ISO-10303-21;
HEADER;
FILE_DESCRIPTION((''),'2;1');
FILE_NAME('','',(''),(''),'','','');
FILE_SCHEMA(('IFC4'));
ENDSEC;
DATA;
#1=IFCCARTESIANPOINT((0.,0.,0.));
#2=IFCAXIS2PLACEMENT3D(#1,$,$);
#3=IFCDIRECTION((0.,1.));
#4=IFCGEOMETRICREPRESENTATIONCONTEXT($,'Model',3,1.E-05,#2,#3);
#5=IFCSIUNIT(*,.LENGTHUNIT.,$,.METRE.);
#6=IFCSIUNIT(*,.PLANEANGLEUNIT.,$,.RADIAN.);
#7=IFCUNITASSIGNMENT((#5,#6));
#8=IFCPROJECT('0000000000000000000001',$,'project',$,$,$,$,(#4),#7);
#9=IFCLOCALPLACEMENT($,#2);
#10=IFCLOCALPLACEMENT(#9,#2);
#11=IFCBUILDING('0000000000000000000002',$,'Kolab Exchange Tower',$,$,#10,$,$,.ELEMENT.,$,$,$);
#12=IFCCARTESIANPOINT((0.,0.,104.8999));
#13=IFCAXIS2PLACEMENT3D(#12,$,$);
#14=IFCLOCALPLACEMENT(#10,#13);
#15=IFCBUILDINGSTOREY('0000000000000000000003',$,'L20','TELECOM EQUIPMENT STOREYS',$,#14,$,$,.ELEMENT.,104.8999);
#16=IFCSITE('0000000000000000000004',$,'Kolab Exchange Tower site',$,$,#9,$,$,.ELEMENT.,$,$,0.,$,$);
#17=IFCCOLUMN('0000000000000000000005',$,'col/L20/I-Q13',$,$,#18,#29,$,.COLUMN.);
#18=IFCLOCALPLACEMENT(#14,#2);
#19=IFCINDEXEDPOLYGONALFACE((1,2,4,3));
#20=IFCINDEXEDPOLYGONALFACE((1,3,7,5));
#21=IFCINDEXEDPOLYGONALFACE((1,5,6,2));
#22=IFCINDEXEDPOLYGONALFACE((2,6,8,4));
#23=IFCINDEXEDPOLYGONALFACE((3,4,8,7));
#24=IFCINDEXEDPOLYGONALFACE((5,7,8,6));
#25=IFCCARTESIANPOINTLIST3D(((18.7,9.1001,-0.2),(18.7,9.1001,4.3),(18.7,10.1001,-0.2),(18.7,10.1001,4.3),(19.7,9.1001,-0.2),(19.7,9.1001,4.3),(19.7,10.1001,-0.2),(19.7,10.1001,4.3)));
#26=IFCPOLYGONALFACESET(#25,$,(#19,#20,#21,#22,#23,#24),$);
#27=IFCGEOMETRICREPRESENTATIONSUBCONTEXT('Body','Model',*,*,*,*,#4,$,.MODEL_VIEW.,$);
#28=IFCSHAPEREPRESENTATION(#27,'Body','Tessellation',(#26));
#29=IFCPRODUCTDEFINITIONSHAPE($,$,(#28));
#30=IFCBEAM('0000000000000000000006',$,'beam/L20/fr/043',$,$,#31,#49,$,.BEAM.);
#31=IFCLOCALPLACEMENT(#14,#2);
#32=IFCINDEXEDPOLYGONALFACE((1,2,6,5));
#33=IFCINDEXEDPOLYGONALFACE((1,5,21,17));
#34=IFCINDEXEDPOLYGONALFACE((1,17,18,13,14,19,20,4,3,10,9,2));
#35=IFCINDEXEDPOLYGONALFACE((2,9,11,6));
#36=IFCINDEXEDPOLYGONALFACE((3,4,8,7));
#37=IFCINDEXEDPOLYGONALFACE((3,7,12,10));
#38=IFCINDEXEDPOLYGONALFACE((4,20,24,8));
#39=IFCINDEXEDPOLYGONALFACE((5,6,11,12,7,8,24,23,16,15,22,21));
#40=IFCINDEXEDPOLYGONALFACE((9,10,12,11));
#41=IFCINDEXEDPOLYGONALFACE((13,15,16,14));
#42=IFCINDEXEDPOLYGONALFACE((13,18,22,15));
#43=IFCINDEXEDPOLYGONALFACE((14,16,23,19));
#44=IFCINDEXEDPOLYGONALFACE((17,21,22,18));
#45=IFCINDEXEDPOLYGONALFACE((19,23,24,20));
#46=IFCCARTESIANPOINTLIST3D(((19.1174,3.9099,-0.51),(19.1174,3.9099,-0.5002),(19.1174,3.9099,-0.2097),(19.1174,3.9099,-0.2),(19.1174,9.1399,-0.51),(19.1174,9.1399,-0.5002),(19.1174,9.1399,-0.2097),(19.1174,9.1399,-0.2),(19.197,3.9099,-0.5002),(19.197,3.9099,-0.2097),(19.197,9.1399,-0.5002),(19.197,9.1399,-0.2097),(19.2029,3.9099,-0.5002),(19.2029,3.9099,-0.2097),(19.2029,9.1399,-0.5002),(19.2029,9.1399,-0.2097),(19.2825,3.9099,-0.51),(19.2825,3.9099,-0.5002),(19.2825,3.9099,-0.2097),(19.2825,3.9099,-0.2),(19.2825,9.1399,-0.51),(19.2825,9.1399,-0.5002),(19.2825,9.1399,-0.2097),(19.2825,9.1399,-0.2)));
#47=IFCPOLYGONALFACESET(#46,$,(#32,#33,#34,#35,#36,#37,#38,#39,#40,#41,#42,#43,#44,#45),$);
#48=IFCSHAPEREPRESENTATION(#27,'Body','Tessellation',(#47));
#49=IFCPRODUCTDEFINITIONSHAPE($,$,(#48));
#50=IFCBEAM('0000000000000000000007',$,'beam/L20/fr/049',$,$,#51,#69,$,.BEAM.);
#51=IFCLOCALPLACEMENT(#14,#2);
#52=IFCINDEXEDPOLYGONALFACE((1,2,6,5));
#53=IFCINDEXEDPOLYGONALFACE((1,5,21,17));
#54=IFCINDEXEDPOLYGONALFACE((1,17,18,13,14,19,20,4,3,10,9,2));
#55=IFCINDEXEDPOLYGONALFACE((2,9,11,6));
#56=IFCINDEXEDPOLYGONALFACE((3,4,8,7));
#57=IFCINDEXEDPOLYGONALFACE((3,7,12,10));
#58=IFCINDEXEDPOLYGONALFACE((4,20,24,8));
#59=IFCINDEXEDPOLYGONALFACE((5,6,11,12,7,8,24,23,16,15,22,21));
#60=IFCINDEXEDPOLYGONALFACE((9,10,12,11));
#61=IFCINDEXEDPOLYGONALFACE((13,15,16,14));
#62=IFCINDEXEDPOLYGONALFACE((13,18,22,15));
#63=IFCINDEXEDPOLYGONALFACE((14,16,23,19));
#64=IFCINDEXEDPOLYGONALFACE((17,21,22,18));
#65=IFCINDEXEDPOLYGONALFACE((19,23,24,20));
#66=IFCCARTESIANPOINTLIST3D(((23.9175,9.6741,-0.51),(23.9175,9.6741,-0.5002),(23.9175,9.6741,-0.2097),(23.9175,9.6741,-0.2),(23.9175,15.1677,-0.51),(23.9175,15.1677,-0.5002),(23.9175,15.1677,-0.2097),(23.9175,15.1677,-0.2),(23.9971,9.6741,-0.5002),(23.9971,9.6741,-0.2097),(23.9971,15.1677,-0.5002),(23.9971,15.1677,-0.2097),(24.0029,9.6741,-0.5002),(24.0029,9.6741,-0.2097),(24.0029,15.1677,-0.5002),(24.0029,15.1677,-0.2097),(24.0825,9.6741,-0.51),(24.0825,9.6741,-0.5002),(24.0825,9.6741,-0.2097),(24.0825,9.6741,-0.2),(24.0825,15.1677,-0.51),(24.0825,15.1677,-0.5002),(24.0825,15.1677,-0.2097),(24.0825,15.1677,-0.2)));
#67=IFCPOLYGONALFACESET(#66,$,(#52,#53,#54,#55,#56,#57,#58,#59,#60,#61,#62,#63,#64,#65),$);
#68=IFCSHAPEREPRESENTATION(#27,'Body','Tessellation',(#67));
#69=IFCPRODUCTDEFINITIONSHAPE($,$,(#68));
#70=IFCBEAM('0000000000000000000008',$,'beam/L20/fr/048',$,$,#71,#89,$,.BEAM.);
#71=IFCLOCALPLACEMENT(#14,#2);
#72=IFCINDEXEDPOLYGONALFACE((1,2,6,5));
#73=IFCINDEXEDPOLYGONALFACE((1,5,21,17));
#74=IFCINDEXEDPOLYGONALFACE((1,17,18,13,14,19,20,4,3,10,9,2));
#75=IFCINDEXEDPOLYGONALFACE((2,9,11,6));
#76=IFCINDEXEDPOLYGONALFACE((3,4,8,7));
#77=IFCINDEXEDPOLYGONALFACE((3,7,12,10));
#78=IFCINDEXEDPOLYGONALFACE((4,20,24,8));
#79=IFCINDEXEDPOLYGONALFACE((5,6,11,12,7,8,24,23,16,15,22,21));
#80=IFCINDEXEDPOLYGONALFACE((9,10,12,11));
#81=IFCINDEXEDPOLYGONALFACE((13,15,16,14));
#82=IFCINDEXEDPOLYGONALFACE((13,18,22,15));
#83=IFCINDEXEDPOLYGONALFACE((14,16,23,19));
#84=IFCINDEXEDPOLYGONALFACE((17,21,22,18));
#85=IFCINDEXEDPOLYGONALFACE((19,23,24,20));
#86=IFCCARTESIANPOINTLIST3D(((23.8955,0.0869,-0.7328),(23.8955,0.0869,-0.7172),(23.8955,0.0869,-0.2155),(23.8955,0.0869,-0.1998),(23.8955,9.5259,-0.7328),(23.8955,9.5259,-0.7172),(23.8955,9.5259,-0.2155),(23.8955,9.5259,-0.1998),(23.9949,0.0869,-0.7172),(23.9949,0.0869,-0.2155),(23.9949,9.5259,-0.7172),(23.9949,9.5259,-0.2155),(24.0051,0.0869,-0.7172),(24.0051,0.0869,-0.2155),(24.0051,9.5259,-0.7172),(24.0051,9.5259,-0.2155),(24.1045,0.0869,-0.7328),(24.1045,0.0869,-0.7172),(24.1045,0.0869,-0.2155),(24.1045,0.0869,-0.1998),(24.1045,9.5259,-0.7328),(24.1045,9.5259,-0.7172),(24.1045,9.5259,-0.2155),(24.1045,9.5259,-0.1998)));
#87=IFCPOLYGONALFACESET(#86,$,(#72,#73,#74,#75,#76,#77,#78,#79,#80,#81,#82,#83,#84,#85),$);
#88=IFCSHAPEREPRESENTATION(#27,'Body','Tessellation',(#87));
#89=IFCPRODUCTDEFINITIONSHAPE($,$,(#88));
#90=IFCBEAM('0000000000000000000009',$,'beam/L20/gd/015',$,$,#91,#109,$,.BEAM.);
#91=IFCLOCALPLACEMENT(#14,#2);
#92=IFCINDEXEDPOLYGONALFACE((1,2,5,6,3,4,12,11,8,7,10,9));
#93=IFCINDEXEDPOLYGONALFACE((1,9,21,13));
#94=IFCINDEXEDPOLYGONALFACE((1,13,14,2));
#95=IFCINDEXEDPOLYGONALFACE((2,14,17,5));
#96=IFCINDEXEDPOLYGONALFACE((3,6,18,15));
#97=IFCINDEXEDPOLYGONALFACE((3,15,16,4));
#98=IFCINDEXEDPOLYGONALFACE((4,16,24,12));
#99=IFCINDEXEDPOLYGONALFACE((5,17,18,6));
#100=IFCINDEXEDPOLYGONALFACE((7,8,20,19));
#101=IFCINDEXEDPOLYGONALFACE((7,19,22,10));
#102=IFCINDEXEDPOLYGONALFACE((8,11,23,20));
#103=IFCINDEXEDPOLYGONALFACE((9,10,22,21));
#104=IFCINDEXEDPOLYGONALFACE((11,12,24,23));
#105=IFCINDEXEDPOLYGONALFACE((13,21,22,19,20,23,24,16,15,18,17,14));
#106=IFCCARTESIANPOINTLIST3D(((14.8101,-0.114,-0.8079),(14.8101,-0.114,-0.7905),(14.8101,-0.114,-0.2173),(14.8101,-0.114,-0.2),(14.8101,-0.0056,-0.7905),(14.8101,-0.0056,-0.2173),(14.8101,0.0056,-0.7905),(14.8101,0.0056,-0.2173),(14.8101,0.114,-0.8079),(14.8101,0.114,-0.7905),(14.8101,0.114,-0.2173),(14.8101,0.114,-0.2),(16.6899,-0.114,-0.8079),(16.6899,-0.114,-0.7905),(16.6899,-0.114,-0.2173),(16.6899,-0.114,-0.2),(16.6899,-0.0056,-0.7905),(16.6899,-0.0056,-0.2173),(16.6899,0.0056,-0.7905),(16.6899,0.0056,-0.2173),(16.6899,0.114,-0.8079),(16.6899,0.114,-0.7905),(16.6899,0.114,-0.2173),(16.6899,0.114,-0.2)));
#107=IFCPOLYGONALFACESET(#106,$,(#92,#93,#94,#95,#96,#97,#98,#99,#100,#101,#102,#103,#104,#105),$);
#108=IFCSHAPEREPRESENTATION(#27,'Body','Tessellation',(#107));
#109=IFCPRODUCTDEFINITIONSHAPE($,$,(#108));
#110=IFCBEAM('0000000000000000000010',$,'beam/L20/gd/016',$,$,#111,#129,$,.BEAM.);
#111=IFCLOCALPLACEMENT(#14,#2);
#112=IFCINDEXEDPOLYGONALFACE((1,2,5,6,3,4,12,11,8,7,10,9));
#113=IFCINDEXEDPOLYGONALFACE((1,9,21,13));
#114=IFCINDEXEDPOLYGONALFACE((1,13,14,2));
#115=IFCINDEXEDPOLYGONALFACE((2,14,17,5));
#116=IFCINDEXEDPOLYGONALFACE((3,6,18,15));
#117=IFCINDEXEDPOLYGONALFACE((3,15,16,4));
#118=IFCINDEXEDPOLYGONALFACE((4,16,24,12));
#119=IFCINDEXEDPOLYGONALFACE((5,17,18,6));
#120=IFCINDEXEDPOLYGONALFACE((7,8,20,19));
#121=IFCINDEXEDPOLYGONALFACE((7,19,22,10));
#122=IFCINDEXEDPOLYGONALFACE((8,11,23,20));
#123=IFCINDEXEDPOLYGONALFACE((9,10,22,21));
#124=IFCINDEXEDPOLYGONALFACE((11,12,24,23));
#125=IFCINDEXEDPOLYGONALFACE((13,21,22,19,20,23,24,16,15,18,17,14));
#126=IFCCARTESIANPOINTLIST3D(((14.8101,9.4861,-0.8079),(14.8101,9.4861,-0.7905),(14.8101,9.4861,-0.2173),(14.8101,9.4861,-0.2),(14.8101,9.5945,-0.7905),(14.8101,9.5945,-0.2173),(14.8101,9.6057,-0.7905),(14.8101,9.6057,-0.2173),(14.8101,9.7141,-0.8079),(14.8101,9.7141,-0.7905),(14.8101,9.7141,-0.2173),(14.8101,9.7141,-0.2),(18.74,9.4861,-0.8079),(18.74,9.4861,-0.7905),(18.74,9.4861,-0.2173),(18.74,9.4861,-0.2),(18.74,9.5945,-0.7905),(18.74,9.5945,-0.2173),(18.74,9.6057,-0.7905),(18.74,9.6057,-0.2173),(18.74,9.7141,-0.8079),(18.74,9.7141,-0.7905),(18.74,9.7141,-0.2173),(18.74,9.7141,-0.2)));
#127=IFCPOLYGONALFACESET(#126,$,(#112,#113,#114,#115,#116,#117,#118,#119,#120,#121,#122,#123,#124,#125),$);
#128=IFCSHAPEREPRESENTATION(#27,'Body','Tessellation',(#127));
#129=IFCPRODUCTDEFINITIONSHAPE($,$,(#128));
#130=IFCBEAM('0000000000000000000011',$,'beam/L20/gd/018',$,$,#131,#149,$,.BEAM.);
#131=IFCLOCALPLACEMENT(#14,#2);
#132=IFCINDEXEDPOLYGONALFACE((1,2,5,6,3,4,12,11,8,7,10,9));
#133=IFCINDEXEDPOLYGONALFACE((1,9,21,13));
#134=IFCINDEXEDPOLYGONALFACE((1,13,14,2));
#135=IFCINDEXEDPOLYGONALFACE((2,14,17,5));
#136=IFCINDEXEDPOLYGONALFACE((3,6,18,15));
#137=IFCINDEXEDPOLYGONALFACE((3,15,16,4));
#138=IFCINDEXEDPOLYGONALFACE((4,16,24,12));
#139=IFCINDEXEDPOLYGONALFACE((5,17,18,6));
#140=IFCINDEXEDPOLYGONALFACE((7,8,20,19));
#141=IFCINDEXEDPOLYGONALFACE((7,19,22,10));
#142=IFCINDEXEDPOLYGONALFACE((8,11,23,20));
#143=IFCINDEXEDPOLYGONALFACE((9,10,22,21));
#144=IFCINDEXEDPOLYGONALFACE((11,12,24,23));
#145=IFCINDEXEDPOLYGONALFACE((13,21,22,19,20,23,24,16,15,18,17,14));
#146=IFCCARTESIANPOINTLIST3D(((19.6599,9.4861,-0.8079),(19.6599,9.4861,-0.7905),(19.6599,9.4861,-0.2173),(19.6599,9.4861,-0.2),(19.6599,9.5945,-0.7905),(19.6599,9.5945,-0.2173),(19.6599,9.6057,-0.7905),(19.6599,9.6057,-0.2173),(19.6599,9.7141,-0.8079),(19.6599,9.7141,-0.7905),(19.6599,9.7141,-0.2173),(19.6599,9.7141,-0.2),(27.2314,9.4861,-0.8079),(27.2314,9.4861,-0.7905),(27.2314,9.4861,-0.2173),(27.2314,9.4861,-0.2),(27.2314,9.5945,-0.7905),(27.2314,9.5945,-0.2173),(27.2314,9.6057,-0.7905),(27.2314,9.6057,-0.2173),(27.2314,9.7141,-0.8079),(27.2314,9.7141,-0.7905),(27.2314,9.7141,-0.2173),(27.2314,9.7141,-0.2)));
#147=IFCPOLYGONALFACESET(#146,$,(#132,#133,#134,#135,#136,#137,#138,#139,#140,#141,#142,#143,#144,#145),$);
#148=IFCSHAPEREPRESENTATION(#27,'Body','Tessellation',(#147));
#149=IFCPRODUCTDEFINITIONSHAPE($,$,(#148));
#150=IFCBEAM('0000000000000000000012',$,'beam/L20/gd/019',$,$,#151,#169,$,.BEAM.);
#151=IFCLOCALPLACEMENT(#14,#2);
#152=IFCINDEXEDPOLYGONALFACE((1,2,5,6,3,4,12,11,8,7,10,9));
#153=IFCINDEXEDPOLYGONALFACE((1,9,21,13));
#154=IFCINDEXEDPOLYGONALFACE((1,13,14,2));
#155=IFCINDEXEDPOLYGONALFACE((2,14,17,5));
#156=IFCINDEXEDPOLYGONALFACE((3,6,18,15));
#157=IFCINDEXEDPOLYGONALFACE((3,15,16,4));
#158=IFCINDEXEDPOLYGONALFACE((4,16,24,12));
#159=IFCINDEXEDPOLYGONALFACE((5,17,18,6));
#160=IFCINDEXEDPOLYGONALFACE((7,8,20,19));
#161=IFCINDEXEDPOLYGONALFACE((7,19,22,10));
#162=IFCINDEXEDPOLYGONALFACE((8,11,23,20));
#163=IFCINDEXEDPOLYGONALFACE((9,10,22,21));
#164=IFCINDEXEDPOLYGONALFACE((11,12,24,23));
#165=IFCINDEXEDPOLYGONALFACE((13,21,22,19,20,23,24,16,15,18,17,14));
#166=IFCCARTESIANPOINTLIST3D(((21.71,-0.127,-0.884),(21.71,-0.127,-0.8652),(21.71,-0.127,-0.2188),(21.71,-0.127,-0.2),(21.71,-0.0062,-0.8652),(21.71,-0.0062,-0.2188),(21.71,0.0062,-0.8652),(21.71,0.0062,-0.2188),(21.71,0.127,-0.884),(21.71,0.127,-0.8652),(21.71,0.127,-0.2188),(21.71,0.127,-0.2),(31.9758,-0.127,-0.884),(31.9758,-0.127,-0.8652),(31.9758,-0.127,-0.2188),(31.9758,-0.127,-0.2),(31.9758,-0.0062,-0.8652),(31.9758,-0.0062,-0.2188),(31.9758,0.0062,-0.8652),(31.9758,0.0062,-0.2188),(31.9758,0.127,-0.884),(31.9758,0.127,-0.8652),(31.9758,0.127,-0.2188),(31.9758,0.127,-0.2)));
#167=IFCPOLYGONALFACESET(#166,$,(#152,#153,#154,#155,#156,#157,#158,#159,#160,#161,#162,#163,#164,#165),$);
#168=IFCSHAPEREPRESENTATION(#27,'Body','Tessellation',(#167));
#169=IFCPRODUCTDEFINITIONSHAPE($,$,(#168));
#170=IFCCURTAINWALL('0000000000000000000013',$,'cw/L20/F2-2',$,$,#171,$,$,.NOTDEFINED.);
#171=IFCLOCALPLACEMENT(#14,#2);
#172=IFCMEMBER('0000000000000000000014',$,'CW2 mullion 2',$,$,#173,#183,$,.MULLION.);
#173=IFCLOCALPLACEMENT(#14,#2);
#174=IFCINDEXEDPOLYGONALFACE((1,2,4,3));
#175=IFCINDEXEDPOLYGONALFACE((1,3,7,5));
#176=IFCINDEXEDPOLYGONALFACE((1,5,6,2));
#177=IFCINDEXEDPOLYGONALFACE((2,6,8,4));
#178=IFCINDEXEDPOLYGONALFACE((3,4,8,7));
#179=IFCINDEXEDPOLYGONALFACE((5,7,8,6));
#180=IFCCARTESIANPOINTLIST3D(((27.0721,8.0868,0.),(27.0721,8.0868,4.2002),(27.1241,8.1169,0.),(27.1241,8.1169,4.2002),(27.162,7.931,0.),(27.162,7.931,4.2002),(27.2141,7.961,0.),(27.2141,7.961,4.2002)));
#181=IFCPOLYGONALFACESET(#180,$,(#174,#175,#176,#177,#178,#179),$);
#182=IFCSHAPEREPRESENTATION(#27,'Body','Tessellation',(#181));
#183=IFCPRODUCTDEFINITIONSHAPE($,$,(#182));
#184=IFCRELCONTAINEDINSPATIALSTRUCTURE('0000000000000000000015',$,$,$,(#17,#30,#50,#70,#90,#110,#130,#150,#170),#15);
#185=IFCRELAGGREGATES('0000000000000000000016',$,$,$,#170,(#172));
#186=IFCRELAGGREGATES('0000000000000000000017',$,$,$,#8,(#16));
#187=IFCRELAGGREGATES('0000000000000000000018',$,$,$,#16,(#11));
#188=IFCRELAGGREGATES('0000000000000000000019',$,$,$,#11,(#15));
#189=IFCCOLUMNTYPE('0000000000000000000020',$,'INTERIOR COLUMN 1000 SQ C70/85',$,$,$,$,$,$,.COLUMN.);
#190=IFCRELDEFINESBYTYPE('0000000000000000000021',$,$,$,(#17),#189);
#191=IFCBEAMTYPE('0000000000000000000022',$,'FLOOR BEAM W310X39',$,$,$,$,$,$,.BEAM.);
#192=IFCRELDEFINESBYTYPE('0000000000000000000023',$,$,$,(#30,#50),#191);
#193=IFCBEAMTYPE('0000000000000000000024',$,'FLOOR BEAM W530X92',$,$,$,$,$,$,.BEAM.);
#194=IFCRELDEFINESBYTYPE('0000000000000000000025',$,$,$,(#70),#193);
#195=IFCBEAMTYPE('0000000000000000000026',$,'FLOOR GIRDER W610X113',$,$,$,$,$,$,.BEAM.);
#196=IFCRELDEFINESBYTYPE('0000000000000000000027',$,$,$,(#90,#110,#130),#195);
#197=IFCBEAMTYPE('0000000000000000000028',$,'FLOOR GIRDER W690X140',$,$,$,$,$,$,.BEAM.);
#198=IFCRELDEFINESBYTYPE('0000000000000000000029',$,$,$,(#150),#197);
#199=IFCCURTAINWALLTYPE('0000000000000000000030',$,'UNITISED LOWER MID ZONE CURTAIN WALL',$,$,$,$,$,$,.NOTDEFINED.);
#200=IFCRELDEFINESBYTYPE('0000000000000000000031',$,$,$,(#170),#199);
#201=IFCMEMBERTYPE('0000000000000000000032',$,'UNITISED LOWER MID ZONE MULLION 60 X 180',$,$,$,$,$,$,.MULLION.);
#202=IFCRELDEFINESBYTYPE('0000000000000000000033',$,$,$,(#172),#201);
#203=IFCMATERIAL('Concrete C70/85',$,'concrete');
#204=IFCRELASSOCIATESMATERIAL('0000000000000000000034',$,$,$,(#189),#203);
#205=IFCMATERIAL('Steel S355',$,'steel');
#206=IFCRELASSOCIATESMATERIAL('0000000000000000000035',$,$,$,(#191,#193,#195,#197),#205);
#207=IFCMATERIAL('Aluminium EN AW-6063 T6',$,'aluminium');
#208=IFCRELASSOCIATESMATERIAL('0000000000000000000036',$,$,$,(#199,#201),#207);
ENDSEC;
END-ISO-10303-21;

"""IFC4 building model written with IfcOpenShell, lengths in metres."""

from ifc_helpers import new_model, si_unit, direction, frame, origin, origin_2d, place, context, subcontext, project, spatial, rectangle, i_section, extrude, material, material_profile, profile_set, type_object, element, aggregate, save


model = new_model("IFC4")

# Units and contexts
model_context = context("Model", 3, precision=1e-05, world=origin(), true_north=direction((0.0, 1.0)))
body_context = subcontext(model_context, "Body", "Model", "MODEL_VIEW")
ifc_project = project(units=[si_unit("LENGTHUNIT", "METRE"), si_unit("PLANEANGLEUNIT", "RADIAN")], contexts=[model_context])

# Site, building, storey
site_placement = place(None, origin())
site = spatial("IfcSite", under=ifc_project, at=site_placement, Name="Kolab Exchange Tower site", CompositionType="ELEMENT", RefElevation=0.0)
building_placement = place(site_placement, origin())
building = spatial("IfcBuilding", under=site, at=building_placement, Name="Kolab Exchange Tower", CompositionType="ELEMENT")
storey_placement = place(building_placement, frame((0.0, 0.0, 104.8999)))
storey = spatial("IfcBuildingStorey", under=building, at=storey_placement, Name="L20", Description="TELECOM EQUIPMENT STOREYS", CompositionType="ELEMENT", Elevation=104.8999)

# Column
ifc_material_1 = material(Name="Concrete C70/85", Category="concrete")
ifc_material_profile_1 = material_profile(ifc_material_1, rectangle(XDim=1.0, YDim=1.0, at=origin_2d()), Name="RC1000")
ifc_profile_set_1 = profile_set([ifc_material_profile_1], Name="Concrete C70/85")
column_type = type_object("IfcColumnType", Name="INTERIOR COLUMN 1000 SQ C70/85", PredefinedType="COLUMN", material=ifc_profile_set_1)
column_placement = place(storey_placement, frame((19.2, 9.6001, -0.2), z_axis=(0.0, 0.0, 1.0), x_axis=(1.0, 0.0, 0.0)))
element("IfcColumn", 1, at=column_placement, inside=storey, type_object=column_type, Name="col/L20/I-Q13", PredefinedType="COLUMN", context=body_context, shape_type="SweptSolid", body=[
    extrude(rectangle(XDim=1.0, YDim=1.0, at=origin_2d()), origin(), (0.0, 0.0, 1.0), 4.5),
])

# Beams
ifc_material_2 = material(Name="Steel S355", Category="steel")
ifc_material_profile_2 = material_profile(ifc_material_2, i_section(OverallWidth=0.165, OverallDepth=0.3101, WebThickness=0.0059, FlangeThickness=0.0098, at=origin_2d()), Name="W310X39")
ifc_profile_set_2 = profile_set([ifc_material_profile_2], Name="Steel S355")
beam_type_1 = type_object("IfcBeamType", Name="FLOOR BEAM W310X39", PredefinedType="BEAM", material=ifc_profile_set_2)
beam_1_placement = place(storey_placement, frame((19.2, 3.9099, -0.355), z_axis=(0.0, 1.0, 0.0), x_axis=(-1.0, 0.0, 0.0)))
element("IfcBeam", 2, at=beam_1_placement, inside=storey, type_object=beam_type_1, Name="beam/L20/fr/043", PredefinedType="BEAM", context=body_context, shape_type="SweptSolid", body=[
    extrude(i_section(OverallWidth=0.165, OverallDepth=0.3101, WebThickness=0.0059, FlangeThickness=0.0098, at=origin_2d()), origin(), (0.0, 0.0, 1.0), 5.23),
])
beam_2_placement = place(storey_placement, frame((24.0, 9.6741, -0.355), z_axis=(0.0, 1.0, 0.0), x_axis=(-1.0, 0.0, 0.0)))
element("IfcBeam", 3, at=beam_2_placement, inside=storey, type_object=beam_type_1, Name="beam/L20/fr/049", PredefinedType="BEAM", context=body_context, shape_type="SweptSolid", body=[
    extrude(i_section(OverallWidth=0.165, OverallDepth=0.3101, WebThickness=0.0059, FlangeThickness=0.0098, at=origin_2d()), origin(), (0.0, 0.0, 1.0), 5.4937),
])
ifc_material_profile_3 = material_profile(ifc_material_2, i_section(OverallWidth=0.209, OverallDepth=0.533, WebThickness=0.0103, FlangeThickness=0.0156, at=origin_2d()), Name="W530X92")
ifc_profile_set_3 = profile_set([ifc_material_profile_3], Name="Steel S355")
beam_type_2 = type_object("IfcBeamType", Name="FLOOR BEAM W530X92", PredefinedType="BEAM", material=ifc_profile_set_3)
beam_3_placement = place(storey_placement, frame((24.0, 0.0869, -0.4663), z_axis=(0.0, 1.0, 0.0), x_axis=(-1.0, 0.0, 0.0)))
element("IfcBeam", 4, at=beam_3_placement, inside=storey, type_object=beam_type_2, Name="beam/L20/fr/048", PredefinedType="BEAM", context=body_context, shape_type="SweptSolid", body=[
    extrude(i_section(OverallWidth=0.209, OverallDepth=0.533, WebThickness=0.0103, FlangeThickness=0.0156, at=origin_2d()), origin(), (0.0, 0.0, 1.0), 9.439),
])
ifc_material_profile_4 = material_profile(ifc_material_2, i_section(OverallWidth=0.228, OverallDepth=0.6079, WebThickness=0.0112, FlangeThickness=0.0173, at=origin_2d()), Name="W610X113")
ifc_profile_set_4 = profile_set([ifc_material_profile_4], Name="Steel S355")
beam_type_3 = type_object("IfcBeamType", Name="FLOOR GIRDER W610X113", PredefinedType="BEAM", material=ifc_profile_set_4)
beam_4_placement = place(storey_placement, frame((14.8101, 0.0, -0.5039), z_axis=(1.0, 0.0, 0.0), x_axis=(0.0, 1.0, 0.0)))
element("IfcBeam", 5, at=beam_4_placement, inside=storey, type_object=beam_type_3, Name="beam/L20/gd/015", PredefinedType="BEAM", context=body_context, shape_type="SweptSolid", body=[
    extrude(i_section(OverallWidth=0.228, OverallDepth=0.6079, WebThickness=0.0112, FlangeThickness=0.0173, at=origin_2d()), origin(), (0.0, 0.0, 1.0), 1.8799),
])
beam_5_placement = place(storey_placement, frame((14.8101, 9.6001, -0.5039), z_axis=(1.0, 0.0, 0.0), x_axis=(0.0, 1.0, 0.0)))
element("IfcBeam", 6, at=beam_5_placement, inside=storey, type_object=beam_type_3, Name="beam/L20/gd/016", PredefinedType="BEAM", context=body_context, shape_type="SweptSolid", body=[
    extrude(i_section(OverallWidth=0.228, OverallDepth=0.6079, WebThickness=0.0112, FlangeThickness=0.0173, at=origin_2d()), origin(), (0.0, 0.0, 1.0), 3.9299),
])
beam_6_placement = place(storey_placement, frame((19.6599, 9.6001, -0.5039), z_axis=(1.0, 0.0, 0.0), x_axis=(0.0, 1.0, 0.0)))
element("IfcBeam", 7, at=beam_6_placement, inside=storey, type_object=beam_type_3, Name="beam/L20/gd/018", PredefinedType="BEAM", context=body_context, shape_type="SweptSolid", body=[
    extrude(i_section(OverallWidth=0.228, OverallDepth=0.6079, WebThickness=0.0112, FlangeThickness=0.0173, at=origin_2d()), origin(), (0.0, 0.0, 1.0), 7.5715),
])
ifc_material_profile_5 = material_profile(ifc_material_2, i_section(OverallWidth=0.2539, OverallDepth=0.6841, WebThickness=0.0125, FlangeThickness=0.0188, at=origin_2d()), Name="W690X140")
ifc_profile_set_5 = profile_set([ifc_material_profile_5], Name="Steel S355")
beam_type_4 = type_object("IfcBeamType", Name="FLOOR GIRDER W690X140", PredefinedType="BEAM", material=ifc_profile_set_5)
beam_7_placement = place(storey_placement, frame((21.71, 0.0, -0.542), z_axis=(1.0, 0.0, 0.0), x_axis=(0.0, 1.0, 0.0)))
element("IfcBeam", 8, at=beam_7_placement, inside=storey, type_object=beam_type_4, Name="beam/L20/gd/019", PredefinedType="BEAM", context=body_context, shape_type="SweptSolid", body=[
    extrude(i_section(OverallWidth=0.2539, OverallDepth=0.6841, WebThickness=0.0125, FlangeThickness=0.0188, at=origin_2d()), origin(), (0.0, 0.0, 1.0), 10.2659),
])

# Curtain wall, member
ifc_material_3 = material(Name="Aluminium EN AW-6063 T6", Category="aluminium")
curtain_wall_type = type_object("IfcCurtainWallType", Name="UNITISED LOWER MID ZONE CURTAIN WALL", PredefinedType="NOTDEFINED", material=ifc_material_3)
curtain_wall_placement = place(storey_placement, origin())
curtain_wall = element("IfcCurtainWall", 9, at=curtain_wall_placement, inside=storey, type_object=curtain_wall_type, Name="cw/L20/F2-2", PredefinedType="NOTDEFINED")
ifc_material_profile_6 = material_profile(ifc_material_3, rectangle(XDim=0.0601, YDim=0.1799, at=origin_2d()), Name="RECT 60X180")
ifc_profile_set_6 = profile_set([ifc_material_profile_6], Name="Aluminium EN AW-6063 T6")
member_type = type_object("IfcMemberType", Name="UNITISED LOWER MID ZONE MULLION 60 X 180", PredefinedType="MULLION", material=ifc_profile_set_6)
member_placement = place(storey_placement, frame((27.1431, 8.0239, 0.0), z_axis=(0.0, 0.0, 1.0), x_axis=(0.866025, 0.5, 0.0)))
member = element("IfcMember", 10, at=member_placement, type_object=member_type, Name="CW2 mullion 2", PredefinedType="MULLION", context=body_context, shape_type="SweptSolid", body=[
    extrude(rectangle(XDim=0.0601, YDim=0.1799, at=origin_2d()), origin(), (0.0, 0.0, 1.0), 4.2002),
])
aggregate(curtain_wall, [member])

save(model, "model.ifc")
